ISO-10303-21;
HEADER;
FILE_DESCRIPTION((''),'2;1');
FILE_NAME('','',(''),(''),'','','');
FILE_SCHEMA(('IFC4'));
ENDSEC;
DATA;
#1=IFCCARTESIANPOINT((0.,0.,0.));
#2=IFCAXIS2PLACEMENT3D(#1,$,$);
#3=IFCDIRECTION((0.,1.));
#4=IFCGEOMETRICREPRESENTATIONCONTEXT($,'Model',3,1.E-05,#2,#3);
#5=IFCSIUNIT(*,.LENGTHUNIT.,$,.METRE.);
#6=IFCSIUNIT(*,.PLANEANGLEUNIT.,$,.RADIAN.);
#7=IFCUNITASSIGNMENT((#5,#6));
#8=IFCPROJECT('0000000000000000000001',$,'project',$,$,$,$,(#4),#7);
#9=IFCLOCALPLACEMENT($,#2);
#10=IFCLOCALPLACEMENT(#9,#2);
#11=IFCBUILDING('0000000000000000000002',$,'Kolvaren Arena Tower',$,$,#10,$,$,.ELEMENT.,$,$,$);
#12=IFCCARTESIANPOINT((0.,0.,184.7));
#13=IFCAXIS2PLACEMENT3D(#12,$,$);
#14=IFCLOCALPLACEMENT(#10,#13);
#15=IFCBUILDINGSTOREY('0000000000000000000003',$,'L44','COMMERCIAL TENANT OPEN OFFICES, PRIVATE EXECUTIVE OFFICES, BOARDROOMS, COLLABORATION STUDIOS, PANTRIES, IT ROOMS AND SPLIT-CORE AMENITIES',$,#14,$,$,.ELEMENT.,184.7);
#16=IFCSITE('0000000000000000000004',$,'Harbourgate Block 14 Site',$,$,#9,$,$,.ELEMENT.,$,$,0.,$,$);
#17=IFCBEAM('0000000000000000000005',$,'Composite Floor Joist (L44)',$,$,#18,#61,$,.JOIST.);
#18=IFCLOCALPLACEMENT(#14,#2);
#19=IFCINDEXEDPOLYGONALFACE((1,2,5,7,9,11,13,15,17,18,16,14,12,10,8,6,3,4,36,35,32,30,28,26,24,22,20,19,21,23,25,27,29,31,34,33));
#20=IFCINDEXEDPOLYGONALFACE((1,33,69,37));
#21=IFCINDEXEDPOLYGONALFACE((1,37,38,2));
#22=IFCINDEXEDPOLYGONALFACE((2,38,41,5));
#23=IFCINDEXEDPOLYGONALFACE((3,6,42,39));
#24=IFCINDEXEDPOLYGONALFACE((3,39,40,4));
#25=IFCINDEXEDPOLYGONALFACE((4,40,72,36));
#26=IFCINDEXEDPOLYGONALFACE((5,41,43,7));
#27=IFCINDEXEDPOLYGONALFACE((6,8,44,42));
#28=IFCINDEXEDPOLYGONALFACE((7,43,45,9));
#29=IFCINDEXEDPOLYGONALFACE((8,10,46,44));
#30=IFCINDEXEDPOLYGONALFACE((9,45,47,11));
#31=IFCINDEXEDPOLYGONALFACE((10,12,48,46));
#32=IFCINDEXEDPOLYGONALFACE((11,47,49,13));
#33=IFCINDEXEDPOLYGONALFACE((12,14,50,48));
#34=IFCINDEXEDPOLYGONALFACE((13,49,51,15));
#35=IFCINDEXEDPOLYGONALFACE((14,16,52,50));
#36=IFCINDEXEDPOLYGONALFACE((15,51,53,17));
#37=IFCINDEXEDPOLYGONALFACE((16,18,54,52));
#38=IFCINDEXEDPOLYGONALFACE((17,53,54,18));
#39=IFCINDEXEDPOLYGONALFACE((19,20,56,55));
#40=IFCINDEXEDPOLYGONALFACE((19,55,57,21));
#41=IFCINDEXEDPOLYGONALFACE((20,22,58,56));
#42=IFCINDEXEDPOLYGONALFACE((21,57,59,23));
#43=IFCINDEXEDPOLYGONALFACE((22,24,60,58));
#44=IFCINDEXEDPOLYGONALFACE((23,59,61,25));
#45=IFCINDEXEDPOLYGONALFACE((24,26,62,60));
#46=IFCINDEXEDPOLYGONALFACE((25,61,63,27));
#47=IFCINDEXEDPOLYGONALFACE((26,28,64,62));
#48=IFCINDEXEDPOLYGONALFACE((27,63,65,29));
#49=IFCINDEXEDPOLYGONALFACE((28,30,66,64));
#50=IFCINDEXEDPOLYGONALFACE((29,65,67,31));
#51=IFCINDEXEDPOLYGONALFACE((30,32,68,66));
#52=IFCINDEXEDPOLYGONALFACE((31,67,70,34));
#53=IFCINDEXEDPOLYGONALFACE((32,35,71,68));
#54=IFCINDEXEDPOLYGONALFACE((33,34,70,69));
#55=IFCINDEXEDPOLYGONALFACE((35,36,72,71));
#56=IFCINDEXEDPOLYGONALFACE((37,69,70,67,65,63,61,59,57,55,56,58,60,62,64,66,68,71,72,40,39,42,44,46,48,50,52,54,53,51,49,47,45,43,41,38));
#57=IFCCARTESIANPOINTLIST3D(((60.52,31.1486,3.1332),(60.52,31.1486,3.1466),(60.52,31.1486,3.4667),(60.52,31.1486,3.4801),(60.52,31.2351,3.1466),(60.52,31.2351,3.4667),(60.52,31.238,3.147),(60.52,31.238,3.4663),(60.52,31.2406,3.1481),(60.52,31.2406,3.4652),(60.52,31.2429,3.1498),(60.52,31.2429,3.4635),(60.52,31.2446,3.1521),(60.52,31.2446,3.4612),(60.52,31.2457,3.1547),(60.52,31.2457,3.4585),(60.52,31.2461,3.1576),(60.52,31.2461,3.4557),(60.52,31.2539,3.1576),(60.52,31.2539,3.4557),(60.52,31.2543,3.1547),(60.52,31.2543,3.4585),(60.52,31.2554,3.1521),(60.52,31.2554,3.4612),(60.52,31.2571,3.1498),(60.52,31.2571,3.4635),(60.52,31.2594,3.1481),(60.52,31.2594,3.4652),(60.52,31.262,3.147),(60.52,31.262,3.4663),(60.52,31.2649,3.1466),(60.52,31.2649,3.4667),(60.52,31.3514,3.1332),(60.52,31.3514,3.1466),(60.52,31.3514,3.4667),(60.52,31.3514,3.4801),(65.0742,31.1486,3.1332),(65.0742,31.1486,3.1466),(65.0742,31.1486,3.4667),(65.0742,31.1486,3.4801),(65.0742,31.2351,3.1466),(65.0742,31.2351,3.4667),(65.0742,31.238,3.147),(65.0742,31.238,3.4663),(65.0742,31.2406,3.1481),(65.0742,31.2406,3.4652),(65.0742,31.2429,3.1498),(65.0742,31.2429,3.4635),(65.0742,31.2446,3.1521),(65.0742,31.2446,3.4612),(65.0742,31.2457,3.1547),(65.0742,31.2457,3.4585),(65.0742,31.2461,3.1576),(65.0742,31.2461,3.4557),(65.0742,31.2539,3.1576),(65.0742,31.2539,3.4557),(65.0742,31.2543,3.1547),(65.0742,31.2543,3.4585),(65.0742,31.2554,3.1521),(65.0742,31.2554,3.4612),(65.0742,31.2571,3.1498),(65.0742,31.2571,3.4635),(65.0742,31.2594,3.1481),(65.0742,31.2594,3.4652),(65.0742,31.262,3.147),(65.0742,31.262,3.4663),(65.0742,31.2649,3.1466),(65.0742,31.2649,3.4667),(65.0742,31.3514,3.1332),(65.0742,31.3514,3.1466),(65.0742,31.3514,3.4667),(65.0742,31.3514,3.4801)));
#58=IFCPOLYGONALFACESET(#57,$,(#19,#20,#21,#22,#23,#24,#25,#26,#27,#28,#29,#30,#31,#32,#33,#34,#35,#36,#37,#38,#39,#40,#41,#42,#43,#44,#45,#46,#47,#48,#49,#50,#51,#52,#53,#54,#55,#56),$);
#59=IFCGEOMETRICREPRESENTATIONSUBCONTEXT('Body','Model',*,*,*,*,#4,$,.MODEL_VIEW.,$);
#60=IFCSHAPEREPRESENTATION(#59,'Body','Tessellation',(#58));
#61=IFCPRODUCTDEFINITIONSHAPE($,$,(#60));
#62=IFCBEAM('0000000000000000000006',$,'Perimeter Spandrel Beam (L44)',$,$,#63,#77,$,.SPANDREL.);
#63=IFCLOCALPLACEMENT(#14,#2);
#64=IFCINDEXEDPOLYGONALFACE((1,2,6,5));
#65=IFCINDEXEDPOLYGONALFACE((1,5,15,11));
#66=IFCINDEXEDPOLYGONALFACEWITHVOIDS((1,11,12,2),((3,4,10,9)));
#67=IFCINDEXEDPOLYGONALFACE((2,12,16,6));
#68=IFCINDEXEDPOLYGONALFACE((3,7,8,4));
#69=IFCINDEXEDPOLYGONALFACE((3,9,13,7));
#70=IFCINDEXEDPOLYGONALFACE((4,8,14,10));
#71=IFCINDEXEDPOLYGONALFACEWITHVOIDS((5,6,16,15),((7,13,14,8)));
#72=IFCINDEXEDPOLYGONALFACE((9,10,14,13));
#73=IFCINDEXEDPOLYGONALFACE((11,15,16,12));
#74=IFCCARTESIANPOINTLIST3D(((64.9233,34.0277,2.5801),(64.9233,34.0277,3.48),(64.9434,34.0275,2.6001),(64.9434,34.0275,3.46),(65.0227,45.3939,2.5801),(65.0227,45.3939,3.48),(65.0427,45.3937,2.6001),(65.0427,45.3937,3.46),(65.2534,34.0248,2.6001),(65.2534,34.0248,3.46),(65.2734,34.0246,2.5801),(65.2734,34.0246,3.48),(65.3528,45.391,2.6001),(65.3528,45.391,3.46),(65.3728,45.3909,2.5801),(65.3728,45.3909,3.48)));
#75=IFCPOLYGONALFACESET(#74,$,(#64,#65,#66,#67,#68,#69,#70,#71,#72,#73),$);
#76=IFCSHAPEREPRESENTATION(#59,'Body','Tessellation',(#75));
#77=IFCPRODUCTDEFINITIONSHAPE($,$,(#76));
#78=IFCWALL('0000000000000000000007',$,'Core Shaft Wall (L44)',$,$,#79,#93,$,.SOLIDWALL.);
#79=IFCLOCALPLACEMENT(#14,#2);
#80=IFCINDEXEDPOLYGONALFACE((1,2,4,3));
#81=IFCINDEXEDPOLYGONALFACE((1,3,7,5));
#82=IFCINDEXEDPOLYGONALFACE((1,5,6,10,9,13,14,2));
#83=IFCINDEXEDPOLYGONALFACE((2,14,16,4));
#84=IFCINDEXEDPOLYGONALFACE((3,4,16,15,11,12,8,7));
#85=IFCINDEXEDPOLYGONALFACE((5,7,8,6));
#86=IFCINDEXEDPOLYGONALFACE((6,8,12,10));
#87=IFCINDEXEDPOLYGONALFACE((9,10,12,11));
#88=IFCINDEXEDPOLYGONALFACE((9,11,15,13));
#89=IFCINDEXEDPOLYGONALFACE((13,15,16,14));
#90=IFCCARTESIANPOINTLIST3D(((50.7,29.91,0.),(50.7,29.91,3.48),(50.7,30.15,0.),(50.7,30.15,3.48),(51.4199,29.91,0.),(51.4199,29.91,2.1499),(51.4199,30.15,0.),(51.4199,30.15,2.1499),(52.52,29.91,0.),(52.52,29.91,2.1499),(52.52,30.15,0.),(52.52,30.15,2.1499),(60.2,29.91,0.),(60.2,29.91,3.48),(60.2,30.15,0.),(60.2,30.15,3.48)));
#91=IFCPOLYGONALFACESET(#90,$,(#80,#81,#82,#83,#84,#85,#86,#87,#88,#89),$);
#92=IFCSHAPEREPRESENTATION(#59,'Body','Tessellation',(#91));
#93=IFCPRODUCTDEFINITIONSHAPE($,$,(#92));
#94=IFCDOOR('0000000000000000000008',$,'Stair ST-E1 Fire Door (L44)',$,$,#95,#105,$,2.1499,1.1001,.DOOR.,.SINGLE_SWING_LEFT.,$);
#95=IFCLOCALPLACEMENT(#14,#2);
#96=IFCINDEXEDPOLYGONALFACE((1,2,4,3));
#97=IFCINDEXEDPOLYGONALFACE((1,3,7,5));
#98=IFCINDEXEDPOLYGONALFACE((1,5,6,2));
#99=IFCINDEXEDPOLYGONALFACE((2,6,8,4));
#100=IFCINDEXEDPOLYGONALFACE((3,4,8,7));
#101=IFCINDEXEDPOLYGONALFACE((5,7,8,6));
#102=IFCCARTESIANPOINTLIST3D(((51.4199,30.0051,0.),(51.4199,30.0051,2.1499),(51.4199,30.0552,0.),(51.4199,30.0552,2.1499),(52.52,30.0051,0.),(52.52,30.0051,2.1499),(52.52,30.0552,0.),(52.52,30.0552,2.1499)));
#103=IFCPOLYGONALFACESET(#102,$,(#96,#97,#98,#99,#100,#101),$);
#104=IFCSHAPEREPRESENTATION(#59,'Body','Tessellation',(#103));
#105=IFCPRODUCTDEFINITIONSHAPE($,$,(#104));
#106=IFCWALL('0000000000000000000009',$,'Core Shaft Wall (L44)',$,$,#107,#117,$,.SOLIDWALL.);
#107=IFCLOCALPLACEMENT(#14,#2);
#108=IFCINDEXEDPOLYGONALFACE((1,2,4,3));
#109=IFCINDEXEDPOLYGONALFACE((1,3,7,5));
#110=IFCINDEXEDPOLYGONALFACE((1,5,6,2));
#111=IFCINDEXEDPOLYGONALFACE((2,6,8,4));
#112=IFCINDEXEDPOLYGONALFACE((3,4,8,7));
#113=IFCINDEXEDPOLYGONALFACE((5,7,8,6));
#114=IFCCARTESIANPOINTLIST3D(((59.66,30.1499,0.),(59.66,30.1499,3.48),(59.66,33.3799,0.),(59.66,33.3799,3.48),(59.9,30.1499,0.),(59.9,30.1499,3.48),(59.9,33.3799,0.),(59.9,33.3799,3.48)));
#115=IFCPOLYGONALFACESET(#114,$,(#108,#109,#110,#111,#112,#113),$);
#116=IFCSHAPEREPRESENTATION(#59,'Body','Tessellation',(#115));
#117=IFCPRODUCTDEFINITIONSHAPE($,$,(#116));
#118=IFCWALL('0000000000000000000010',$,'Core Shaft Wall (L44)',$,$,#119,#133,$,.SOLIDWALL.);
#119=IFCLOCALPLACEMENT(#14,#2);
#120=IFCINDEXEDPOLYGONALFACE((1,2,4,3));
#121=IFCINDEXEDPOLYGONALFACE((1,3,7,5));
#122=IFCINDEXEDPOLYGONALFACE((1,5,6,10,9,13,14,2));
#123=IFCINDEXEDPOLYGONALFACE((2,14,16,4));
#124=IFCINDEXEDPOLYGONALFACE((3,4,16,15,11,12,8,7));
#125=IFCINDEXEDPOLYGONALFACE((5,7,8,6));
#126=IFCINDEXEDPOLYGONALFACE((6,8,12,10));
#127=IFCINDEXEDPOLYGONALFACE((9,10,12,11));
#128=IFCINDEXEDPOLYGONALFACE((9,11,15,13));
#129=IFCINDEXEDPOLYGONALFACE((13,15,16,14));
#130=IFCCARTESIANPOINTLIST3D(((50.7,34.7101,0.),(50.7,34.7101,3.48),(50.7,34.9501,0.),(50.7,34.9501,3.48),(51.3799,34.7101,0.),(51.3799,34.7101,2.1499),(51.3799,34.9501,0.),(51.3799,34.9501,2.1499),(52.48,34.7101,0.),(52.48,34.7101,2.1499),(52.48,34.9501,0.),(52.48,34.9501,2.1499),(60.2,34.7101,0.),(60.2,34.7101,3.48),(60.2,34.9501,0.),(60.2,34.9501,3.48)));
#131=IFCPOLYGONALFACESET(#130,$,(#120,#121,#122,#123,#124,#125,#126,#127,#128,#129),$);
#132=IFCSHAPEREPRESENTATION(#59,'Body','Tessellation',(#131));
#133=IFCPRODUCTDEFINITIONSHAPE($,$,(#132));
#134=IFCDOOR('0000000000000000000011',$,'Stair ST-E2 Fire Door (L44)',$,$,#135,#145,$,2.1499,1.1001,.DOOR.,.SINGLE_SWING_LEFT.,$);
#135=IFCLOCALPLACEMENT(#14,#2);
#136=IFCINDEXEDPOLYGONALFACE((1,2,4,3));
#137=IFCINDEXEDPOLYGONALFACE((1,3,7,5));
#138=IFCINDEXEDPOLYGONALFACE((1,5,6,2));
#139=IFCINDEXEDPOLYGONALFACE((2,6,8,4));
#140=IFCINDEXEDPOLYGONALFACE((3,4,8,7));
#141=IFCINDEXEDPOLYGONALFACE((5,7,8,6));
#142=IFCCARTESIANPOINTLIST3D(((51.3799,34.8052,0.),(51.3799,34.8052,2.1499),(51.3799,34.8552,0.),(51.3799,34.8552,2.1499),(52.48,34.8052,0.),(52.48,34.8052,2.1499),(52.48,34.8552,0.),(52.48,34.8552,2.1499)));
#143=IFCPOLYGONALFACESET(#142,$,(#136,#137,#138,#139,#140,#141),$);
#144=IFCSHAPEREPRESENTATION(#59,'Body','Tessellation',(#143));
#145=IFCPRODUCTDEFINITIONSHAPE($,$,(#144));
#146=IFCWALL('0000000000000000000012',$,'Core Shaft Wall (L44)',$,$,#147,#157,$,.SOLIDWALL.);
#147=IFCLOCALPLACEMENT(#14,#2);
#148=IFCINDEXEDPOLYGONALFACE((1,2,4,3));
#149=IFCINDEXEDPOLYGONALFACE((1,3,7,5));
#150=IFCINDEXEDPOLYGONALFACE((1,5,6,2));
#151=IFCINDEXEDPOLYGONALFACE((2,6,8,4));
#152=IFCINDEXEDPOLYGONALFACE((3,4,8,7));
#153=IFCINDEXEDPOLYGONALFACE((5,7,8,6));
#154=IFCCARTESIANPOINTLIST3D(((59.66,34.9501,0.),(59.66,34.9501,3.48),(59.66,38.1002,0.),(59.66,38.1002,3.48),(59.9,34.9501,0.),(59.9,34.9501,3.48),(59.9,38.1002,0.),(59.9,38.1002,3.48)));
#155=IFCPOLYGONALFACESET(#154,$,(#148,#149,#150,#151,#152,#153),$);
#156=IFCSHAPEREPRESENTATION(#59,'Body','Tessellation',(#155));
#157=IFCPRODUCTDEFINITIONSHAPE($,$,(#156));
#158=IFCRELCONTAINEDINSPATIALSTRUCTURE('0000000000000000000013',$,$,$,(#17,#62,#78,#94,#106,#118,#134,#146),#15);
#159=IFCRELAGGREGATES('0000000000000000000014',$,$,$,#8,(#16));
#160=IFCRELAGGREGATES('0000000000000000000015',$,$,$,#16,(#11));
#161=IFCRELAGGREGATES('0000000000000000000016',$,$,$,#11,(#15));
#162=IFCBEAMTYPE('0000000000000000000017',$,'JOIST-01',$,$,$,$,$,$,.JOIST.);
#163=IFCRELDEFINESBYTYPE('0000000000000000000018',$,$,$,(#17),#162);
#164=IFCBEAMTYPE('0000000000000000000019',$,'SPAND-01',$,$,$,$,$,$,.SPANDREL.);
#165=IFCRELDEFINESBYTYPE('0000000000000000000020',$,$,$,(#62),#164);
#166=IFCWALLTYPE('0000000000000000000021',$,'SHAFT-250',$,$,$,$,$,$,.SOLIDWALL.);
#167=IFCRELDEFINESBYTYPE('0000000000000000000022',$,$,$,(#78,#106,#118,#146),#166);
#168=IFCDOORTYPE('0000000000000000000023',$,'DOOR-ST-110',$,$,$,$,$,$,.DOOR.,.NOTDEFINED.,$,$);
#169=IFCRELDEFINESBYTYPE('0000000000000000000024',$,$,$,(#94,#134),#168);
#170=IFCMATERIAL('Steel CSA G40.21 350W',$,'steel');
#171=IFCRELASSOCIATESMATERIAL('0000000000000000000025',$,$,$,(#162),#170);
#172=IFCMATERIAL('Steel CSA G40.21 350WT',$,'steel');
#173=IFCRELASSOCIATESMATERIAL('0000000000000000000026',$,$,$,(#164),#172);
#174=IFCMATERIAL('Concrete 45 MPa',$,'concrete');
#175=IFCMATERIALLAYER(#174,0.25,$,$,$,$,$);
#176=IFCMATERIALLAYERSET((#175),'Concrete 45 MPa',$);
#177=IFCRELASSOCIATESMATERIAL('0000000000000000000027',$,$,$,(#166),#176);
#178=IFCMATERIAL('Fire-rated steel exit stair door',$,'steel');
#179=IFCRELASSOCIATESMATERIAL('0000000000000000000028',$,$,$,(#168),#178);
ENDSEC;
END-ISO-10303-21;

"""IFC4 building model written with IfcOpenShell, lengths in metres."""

from ifc_helpers import new_model, si_unit, direction, frame, frame_2d, origin, origin_2d, place, context, subcontext, project, spatial, rectangle, hollow_rectangle, i_section, extrude, material, layer, layer_set, material_profile, profile_set, type_object, element, fill, save


model = new_model("IFC4")

# Units and contexts
model_context = context("Model", 3, precision=1e-05, world=origin(), true_north=direction((0.0, 1.0)))
body_context = subcontext(model_context, "Body", "Model", "MODEL_VIEW")
ifc_project = project(units=[si_unit("LENGTHUNIT", "METRE"), si_unit("PLANEANGLEUNIT", "RADIAN")], contexts=[model_context])

# Site, building, storey
site_placement = place(None, origin())
site = spatial("IfcSite", under=ifc_project, at=site_placement, Name="Harbourgate Block 14 Site", CompositionType="ELEMENT", RefElevation=0.0)
building_placement = place(site_placement, origin())
building = spatial("IfcBuilding", under=site, at=building_placement, Name="Kolvaren Arena Tower", CompositionType="ELEMENT")
storey_placement = place(building_placement, frame((0.0, 0.0, 184.7)))
storey = spatial("IfcBuildingStorey", under=building, at=storey_placement, Name="L44", Description="COMMERCIAL TENANT OPEN OFFICES, PRIVATE EXECUTIVE OFFICES, BOARDROOMS, COLLABORATION STUDIOS, PANTRIES, IT ROOMS AND SPLIT-CORE AMENITIES", CompositionType="ELEMENT", Elevation=184.7)

# Beams
ifc_material_1 = material(Name="Steel CSA G40.21 350W", Category="steel")
ifc_material_profile_1 = material_profile(ifc_material_1, i_section(OverallWidth=0.2029, OverallDepth=0.3469, WebThickness=0.0078, FlangeThickness=0.0134, FilletRadius=0.011, at=origin_2d()), Name="W360x64")
ifc_profile_set_1 = profile_set([ifc_material_profile_1], Name="Steel CSA G40.21 350W")
beam_type_1 = type_object("IfcBeamType", Name="JOIST-01", PredefinedType="JOIST", material=ifc_profile_set_1)
beam_1_placement = place(storey_placement, frame((60.52, 31.25, 3.3066), z_axis=(1.0, 0.0, 0.0), x_axis=(0.0, 1.0, 0.0)))
element("IfcBeam", 1, at=beam_1_placement, inside=storey, type_object=beam_type_1, Name="Composite Floor Joist (L44)", PredefinedType="JOIST", context=body_context, shape_type="SweptSolid", body=[
    extrude(i_section(OverallWidth=0.2029, OverallDepth=0.3469, WebThickness=0.0078, FlangeThickness=0.0134, FilletRadius=0.011, at=origin_2d()), origin(), (0.0, 0.0, 1.0), 4.5542),
])
ifc_material_2 = material(Name="Steel CSA G40.21 350WT", Category="steel")
ifc_material_profile_2 = material_profile(ifc_material_2, hollow_rectangle(XDim=0.3501, YDim=0.8999, WallThickness=0.02, at=origin_2d()), Name="HSS 900x350x20")
ifc_profile_set_2 = profile_set([ifc_material_profile_2], Name="Steel CSA G40.21 350WT")
beam_type_2 = type_object("IfcBeamType", Name="SPAND-01", PredefinedType="SPANDREL", material=ifc_profile_set_2)
beam_2_placement = place(storey_placement, frame((65.0984, 34.0261, 3.03), z_axis=(0.008742, 0.999962, 0.0), x_axis=(-0.999962, 0.008742, 0.0)))
element("IfcBeam", 2, at=beam_2_placement, inside=storey, type_object=beam_type_2, Name="Perimeter Spandrel Beam (L44)", PredefinedType="SPANDREL", context=body_context, shape_type="SweptSolid", body=[
    extrude(hollow_rectangle(XDim=0.3501, YDim=0.8999, WallThickness=0.02, at=origin_2d()), origin(), (0.0, 0.0, 1.0), 11.3667),
])

# Wall, opening, door
ifc_material_3 = material(Name="Concrete 45 MPa", Category="concrete")
ifc_layer = layer(ifc_material_3, 0.25)
ifc_layer_set = layer_set([ifc_layer], Name="Concrete 45 MPa")
wall_type = type_object("IfcWallType", Name="SHAFT-250", PredefinedType="SOLIDWALL", material=ifc_layer_set)
wall_1_placement = place(storey_placement, frame((60.2, 30.03, 0.0), z_axis=(0.0, 0.0, 1.0), x_axis=(-1.0, 0.0, 0.0)))
wall_1 = element("IfcWall", 3, at=wall_1_placement, inside=storey, type_object=wall_type, Name="Core Shaft Wall (L44)", PredefinedType="SOLIDWALL", context=body_context, shape_type="SweptSolid", body=[
    extrude(rectangle(XDim=9.5, YDim=0.24, at=frame_2d((4.75, 0.0))), origin(), (0.0, 0.0, 1.0), 3.48),
])
opening_1_placement = place(wall_1_placement, frame((7.6799, 0.0, 0.0)))
opening_1 = element("IfcOpeningElement", 4, at=opening_1_placement, cuts=wall_1, PredefinedType="OPENING", context=body_context, shape_type="SweptSolid", body=[
    extrude(rectangle(XDim=1.1001, YDim=2.1499, at=frame_2d((0.55, 1.075))), frame((0.0, 0.1299, 0.0), z_axis=(0.0, -1.0, 0.0), x_axis=(1.0, 0.0, 0.0)), (0.0, 0.0, 1.0), 0.26),
])
ifc_material_4 = material(Name="Fire-rated steel exit stair door", Category="steel")
door_type = type_object("IfcDoorType", Name="DOOR-ST-110", OperationType="NOTDEFINED", PredefinedType="DOOR", material=ifc_material_4)
door_1_placement = place(opening_1_placement, origin())
door_1 = element("IfcDoor", 5, at=door_1_placement, inside=storey, type_object=door_type, Name="Stair ST-E1 Fire Door (L44)", OperationType="SINGLE_SWING_LEFT", OverallHeight=2.1499, OverallWidth=1.1001, PredefinedType="DOOR", context=body_context, shape_type="SweptSolid", body=[
    extrude(rectangle(XDim=1.1001, YDim=2.1499, at=frame_2d((0.55, 1.075))), frame((0.0, 0.0249, 0.0), z_axis=(0.0, -1.0, 0.0), x_axis=(1.0, 0.0, 0.0)), (0.0, 0.0, 1.0), 0.05),
])
fill(opening_1, door_1)

# Wall
wall_2_placement = place(storey_placement, frame((59.78, 30.1499, 0.0), z_axis=(0.0, 0.0, 1.0), x_axis=(0.0, 1.0, 0.0)))
element("IfcWall", 6, at=wall_2_placement, inside=storey, type_object=wall_type, Name="Core Shaft Wall (L44)", PredefinedType="SOLIDWALL", context=body_context, shape_type="SweptSolid", body=[
    extrude(rectangle(XDim=3.23, YDim=0.24, at=frame_2d((1.615, 0.0))), origin(), (0.0, 0.0, 1.0), 3.48),
])

# Wall, opening, door
wall_3_placement = place(storey_placement, frame((60.2, 34.8301, 0.0), z_axis=(0.0, 0.0, 1.0), x_axis=(-1.0, 0.0, 0.0)))
wall_3 = element("IfcWall", 7, at=wall_3_placement, inside=storey, type_object=wall_type, Name="Core Shaft Wall (L44)", PredefinedType="SOLIDWALL", context=body_context, shape_type="SweptSolid", body=[
    extrude(rectangle(XDim=9.5, YDim=0.24, at=frame_2d((4.75, 0.0))), origin(), (0.0, 0.0, 1.0), 3.48),
])
opening_2_placement = place(wall_3_placement, frame((7.72, 0.0, 0.0)))
opening_2 = element("IfcOpeningElement", 8, at=opening_2_placement, cuts=wall_3, PredefinedType="OPENING", context=body_context, shape_type="SweptSolid", body=[
    extrude(rectangle(XDim=1.1001, YDim=2.1499, at=frame_2d((0.55, 1.075))), frame((0.0, 0.1299, 0.0), z_axis=(0.0, -1.0, 0.0), x_axis=(1.0, 0.0, 0.0)), (0.0, 0.0, 1.0), 0.26),
])
door_2_placement = place(opening_2_placement, origin())
door_2 = element("IfcDoor", 9, at=door_2_placement, inside=storey, type_object=door_type, Name="Stair ST-E2 Fire Door (L44)", OperationType="SINGLE_SWING_LEFT", OverallHeight=2.1499, OverallWidth=1.1001, PredefinedType="DOOR", context=body_context, shape_type="SweptSolid", body=[
    extrude(rectangle(XDim=1.1001, YDim=2.1499, at=frame_2d((0.55, 1.075))), frame((0.0, 0.0249, 0.0), z_axis=(0.0, -1.0, 0.0), x_axis=(1.0, 0.0, 0.0)), (0.0, 0.0, 1.0), 0.05),
])
fill(opening_2, door_2)

# Wall
wall_4_placement = place(storey_placement, frame((59.78, 34.95, 0.0), z_axis=(0.0, 0.0, 1.0), x_axis=(0.0, 1.0, 0.0)))
element("IfcWall", 10, at=wall_4_placement, inside=storey, type_object=wall_type, Name="Core Shaft Wall (L44)", PredefinedType="SOLIDWALL", context=body_context, shape_type="SweptSolid", body=[
    extrude(rectangle(XDim=3.1501, YDim=0.24, at=frame_2d((1.5752, 0.0))), origin(), (0.0, 0.0, 1.0), 3.48),
])

save(model, "model.ifc")
